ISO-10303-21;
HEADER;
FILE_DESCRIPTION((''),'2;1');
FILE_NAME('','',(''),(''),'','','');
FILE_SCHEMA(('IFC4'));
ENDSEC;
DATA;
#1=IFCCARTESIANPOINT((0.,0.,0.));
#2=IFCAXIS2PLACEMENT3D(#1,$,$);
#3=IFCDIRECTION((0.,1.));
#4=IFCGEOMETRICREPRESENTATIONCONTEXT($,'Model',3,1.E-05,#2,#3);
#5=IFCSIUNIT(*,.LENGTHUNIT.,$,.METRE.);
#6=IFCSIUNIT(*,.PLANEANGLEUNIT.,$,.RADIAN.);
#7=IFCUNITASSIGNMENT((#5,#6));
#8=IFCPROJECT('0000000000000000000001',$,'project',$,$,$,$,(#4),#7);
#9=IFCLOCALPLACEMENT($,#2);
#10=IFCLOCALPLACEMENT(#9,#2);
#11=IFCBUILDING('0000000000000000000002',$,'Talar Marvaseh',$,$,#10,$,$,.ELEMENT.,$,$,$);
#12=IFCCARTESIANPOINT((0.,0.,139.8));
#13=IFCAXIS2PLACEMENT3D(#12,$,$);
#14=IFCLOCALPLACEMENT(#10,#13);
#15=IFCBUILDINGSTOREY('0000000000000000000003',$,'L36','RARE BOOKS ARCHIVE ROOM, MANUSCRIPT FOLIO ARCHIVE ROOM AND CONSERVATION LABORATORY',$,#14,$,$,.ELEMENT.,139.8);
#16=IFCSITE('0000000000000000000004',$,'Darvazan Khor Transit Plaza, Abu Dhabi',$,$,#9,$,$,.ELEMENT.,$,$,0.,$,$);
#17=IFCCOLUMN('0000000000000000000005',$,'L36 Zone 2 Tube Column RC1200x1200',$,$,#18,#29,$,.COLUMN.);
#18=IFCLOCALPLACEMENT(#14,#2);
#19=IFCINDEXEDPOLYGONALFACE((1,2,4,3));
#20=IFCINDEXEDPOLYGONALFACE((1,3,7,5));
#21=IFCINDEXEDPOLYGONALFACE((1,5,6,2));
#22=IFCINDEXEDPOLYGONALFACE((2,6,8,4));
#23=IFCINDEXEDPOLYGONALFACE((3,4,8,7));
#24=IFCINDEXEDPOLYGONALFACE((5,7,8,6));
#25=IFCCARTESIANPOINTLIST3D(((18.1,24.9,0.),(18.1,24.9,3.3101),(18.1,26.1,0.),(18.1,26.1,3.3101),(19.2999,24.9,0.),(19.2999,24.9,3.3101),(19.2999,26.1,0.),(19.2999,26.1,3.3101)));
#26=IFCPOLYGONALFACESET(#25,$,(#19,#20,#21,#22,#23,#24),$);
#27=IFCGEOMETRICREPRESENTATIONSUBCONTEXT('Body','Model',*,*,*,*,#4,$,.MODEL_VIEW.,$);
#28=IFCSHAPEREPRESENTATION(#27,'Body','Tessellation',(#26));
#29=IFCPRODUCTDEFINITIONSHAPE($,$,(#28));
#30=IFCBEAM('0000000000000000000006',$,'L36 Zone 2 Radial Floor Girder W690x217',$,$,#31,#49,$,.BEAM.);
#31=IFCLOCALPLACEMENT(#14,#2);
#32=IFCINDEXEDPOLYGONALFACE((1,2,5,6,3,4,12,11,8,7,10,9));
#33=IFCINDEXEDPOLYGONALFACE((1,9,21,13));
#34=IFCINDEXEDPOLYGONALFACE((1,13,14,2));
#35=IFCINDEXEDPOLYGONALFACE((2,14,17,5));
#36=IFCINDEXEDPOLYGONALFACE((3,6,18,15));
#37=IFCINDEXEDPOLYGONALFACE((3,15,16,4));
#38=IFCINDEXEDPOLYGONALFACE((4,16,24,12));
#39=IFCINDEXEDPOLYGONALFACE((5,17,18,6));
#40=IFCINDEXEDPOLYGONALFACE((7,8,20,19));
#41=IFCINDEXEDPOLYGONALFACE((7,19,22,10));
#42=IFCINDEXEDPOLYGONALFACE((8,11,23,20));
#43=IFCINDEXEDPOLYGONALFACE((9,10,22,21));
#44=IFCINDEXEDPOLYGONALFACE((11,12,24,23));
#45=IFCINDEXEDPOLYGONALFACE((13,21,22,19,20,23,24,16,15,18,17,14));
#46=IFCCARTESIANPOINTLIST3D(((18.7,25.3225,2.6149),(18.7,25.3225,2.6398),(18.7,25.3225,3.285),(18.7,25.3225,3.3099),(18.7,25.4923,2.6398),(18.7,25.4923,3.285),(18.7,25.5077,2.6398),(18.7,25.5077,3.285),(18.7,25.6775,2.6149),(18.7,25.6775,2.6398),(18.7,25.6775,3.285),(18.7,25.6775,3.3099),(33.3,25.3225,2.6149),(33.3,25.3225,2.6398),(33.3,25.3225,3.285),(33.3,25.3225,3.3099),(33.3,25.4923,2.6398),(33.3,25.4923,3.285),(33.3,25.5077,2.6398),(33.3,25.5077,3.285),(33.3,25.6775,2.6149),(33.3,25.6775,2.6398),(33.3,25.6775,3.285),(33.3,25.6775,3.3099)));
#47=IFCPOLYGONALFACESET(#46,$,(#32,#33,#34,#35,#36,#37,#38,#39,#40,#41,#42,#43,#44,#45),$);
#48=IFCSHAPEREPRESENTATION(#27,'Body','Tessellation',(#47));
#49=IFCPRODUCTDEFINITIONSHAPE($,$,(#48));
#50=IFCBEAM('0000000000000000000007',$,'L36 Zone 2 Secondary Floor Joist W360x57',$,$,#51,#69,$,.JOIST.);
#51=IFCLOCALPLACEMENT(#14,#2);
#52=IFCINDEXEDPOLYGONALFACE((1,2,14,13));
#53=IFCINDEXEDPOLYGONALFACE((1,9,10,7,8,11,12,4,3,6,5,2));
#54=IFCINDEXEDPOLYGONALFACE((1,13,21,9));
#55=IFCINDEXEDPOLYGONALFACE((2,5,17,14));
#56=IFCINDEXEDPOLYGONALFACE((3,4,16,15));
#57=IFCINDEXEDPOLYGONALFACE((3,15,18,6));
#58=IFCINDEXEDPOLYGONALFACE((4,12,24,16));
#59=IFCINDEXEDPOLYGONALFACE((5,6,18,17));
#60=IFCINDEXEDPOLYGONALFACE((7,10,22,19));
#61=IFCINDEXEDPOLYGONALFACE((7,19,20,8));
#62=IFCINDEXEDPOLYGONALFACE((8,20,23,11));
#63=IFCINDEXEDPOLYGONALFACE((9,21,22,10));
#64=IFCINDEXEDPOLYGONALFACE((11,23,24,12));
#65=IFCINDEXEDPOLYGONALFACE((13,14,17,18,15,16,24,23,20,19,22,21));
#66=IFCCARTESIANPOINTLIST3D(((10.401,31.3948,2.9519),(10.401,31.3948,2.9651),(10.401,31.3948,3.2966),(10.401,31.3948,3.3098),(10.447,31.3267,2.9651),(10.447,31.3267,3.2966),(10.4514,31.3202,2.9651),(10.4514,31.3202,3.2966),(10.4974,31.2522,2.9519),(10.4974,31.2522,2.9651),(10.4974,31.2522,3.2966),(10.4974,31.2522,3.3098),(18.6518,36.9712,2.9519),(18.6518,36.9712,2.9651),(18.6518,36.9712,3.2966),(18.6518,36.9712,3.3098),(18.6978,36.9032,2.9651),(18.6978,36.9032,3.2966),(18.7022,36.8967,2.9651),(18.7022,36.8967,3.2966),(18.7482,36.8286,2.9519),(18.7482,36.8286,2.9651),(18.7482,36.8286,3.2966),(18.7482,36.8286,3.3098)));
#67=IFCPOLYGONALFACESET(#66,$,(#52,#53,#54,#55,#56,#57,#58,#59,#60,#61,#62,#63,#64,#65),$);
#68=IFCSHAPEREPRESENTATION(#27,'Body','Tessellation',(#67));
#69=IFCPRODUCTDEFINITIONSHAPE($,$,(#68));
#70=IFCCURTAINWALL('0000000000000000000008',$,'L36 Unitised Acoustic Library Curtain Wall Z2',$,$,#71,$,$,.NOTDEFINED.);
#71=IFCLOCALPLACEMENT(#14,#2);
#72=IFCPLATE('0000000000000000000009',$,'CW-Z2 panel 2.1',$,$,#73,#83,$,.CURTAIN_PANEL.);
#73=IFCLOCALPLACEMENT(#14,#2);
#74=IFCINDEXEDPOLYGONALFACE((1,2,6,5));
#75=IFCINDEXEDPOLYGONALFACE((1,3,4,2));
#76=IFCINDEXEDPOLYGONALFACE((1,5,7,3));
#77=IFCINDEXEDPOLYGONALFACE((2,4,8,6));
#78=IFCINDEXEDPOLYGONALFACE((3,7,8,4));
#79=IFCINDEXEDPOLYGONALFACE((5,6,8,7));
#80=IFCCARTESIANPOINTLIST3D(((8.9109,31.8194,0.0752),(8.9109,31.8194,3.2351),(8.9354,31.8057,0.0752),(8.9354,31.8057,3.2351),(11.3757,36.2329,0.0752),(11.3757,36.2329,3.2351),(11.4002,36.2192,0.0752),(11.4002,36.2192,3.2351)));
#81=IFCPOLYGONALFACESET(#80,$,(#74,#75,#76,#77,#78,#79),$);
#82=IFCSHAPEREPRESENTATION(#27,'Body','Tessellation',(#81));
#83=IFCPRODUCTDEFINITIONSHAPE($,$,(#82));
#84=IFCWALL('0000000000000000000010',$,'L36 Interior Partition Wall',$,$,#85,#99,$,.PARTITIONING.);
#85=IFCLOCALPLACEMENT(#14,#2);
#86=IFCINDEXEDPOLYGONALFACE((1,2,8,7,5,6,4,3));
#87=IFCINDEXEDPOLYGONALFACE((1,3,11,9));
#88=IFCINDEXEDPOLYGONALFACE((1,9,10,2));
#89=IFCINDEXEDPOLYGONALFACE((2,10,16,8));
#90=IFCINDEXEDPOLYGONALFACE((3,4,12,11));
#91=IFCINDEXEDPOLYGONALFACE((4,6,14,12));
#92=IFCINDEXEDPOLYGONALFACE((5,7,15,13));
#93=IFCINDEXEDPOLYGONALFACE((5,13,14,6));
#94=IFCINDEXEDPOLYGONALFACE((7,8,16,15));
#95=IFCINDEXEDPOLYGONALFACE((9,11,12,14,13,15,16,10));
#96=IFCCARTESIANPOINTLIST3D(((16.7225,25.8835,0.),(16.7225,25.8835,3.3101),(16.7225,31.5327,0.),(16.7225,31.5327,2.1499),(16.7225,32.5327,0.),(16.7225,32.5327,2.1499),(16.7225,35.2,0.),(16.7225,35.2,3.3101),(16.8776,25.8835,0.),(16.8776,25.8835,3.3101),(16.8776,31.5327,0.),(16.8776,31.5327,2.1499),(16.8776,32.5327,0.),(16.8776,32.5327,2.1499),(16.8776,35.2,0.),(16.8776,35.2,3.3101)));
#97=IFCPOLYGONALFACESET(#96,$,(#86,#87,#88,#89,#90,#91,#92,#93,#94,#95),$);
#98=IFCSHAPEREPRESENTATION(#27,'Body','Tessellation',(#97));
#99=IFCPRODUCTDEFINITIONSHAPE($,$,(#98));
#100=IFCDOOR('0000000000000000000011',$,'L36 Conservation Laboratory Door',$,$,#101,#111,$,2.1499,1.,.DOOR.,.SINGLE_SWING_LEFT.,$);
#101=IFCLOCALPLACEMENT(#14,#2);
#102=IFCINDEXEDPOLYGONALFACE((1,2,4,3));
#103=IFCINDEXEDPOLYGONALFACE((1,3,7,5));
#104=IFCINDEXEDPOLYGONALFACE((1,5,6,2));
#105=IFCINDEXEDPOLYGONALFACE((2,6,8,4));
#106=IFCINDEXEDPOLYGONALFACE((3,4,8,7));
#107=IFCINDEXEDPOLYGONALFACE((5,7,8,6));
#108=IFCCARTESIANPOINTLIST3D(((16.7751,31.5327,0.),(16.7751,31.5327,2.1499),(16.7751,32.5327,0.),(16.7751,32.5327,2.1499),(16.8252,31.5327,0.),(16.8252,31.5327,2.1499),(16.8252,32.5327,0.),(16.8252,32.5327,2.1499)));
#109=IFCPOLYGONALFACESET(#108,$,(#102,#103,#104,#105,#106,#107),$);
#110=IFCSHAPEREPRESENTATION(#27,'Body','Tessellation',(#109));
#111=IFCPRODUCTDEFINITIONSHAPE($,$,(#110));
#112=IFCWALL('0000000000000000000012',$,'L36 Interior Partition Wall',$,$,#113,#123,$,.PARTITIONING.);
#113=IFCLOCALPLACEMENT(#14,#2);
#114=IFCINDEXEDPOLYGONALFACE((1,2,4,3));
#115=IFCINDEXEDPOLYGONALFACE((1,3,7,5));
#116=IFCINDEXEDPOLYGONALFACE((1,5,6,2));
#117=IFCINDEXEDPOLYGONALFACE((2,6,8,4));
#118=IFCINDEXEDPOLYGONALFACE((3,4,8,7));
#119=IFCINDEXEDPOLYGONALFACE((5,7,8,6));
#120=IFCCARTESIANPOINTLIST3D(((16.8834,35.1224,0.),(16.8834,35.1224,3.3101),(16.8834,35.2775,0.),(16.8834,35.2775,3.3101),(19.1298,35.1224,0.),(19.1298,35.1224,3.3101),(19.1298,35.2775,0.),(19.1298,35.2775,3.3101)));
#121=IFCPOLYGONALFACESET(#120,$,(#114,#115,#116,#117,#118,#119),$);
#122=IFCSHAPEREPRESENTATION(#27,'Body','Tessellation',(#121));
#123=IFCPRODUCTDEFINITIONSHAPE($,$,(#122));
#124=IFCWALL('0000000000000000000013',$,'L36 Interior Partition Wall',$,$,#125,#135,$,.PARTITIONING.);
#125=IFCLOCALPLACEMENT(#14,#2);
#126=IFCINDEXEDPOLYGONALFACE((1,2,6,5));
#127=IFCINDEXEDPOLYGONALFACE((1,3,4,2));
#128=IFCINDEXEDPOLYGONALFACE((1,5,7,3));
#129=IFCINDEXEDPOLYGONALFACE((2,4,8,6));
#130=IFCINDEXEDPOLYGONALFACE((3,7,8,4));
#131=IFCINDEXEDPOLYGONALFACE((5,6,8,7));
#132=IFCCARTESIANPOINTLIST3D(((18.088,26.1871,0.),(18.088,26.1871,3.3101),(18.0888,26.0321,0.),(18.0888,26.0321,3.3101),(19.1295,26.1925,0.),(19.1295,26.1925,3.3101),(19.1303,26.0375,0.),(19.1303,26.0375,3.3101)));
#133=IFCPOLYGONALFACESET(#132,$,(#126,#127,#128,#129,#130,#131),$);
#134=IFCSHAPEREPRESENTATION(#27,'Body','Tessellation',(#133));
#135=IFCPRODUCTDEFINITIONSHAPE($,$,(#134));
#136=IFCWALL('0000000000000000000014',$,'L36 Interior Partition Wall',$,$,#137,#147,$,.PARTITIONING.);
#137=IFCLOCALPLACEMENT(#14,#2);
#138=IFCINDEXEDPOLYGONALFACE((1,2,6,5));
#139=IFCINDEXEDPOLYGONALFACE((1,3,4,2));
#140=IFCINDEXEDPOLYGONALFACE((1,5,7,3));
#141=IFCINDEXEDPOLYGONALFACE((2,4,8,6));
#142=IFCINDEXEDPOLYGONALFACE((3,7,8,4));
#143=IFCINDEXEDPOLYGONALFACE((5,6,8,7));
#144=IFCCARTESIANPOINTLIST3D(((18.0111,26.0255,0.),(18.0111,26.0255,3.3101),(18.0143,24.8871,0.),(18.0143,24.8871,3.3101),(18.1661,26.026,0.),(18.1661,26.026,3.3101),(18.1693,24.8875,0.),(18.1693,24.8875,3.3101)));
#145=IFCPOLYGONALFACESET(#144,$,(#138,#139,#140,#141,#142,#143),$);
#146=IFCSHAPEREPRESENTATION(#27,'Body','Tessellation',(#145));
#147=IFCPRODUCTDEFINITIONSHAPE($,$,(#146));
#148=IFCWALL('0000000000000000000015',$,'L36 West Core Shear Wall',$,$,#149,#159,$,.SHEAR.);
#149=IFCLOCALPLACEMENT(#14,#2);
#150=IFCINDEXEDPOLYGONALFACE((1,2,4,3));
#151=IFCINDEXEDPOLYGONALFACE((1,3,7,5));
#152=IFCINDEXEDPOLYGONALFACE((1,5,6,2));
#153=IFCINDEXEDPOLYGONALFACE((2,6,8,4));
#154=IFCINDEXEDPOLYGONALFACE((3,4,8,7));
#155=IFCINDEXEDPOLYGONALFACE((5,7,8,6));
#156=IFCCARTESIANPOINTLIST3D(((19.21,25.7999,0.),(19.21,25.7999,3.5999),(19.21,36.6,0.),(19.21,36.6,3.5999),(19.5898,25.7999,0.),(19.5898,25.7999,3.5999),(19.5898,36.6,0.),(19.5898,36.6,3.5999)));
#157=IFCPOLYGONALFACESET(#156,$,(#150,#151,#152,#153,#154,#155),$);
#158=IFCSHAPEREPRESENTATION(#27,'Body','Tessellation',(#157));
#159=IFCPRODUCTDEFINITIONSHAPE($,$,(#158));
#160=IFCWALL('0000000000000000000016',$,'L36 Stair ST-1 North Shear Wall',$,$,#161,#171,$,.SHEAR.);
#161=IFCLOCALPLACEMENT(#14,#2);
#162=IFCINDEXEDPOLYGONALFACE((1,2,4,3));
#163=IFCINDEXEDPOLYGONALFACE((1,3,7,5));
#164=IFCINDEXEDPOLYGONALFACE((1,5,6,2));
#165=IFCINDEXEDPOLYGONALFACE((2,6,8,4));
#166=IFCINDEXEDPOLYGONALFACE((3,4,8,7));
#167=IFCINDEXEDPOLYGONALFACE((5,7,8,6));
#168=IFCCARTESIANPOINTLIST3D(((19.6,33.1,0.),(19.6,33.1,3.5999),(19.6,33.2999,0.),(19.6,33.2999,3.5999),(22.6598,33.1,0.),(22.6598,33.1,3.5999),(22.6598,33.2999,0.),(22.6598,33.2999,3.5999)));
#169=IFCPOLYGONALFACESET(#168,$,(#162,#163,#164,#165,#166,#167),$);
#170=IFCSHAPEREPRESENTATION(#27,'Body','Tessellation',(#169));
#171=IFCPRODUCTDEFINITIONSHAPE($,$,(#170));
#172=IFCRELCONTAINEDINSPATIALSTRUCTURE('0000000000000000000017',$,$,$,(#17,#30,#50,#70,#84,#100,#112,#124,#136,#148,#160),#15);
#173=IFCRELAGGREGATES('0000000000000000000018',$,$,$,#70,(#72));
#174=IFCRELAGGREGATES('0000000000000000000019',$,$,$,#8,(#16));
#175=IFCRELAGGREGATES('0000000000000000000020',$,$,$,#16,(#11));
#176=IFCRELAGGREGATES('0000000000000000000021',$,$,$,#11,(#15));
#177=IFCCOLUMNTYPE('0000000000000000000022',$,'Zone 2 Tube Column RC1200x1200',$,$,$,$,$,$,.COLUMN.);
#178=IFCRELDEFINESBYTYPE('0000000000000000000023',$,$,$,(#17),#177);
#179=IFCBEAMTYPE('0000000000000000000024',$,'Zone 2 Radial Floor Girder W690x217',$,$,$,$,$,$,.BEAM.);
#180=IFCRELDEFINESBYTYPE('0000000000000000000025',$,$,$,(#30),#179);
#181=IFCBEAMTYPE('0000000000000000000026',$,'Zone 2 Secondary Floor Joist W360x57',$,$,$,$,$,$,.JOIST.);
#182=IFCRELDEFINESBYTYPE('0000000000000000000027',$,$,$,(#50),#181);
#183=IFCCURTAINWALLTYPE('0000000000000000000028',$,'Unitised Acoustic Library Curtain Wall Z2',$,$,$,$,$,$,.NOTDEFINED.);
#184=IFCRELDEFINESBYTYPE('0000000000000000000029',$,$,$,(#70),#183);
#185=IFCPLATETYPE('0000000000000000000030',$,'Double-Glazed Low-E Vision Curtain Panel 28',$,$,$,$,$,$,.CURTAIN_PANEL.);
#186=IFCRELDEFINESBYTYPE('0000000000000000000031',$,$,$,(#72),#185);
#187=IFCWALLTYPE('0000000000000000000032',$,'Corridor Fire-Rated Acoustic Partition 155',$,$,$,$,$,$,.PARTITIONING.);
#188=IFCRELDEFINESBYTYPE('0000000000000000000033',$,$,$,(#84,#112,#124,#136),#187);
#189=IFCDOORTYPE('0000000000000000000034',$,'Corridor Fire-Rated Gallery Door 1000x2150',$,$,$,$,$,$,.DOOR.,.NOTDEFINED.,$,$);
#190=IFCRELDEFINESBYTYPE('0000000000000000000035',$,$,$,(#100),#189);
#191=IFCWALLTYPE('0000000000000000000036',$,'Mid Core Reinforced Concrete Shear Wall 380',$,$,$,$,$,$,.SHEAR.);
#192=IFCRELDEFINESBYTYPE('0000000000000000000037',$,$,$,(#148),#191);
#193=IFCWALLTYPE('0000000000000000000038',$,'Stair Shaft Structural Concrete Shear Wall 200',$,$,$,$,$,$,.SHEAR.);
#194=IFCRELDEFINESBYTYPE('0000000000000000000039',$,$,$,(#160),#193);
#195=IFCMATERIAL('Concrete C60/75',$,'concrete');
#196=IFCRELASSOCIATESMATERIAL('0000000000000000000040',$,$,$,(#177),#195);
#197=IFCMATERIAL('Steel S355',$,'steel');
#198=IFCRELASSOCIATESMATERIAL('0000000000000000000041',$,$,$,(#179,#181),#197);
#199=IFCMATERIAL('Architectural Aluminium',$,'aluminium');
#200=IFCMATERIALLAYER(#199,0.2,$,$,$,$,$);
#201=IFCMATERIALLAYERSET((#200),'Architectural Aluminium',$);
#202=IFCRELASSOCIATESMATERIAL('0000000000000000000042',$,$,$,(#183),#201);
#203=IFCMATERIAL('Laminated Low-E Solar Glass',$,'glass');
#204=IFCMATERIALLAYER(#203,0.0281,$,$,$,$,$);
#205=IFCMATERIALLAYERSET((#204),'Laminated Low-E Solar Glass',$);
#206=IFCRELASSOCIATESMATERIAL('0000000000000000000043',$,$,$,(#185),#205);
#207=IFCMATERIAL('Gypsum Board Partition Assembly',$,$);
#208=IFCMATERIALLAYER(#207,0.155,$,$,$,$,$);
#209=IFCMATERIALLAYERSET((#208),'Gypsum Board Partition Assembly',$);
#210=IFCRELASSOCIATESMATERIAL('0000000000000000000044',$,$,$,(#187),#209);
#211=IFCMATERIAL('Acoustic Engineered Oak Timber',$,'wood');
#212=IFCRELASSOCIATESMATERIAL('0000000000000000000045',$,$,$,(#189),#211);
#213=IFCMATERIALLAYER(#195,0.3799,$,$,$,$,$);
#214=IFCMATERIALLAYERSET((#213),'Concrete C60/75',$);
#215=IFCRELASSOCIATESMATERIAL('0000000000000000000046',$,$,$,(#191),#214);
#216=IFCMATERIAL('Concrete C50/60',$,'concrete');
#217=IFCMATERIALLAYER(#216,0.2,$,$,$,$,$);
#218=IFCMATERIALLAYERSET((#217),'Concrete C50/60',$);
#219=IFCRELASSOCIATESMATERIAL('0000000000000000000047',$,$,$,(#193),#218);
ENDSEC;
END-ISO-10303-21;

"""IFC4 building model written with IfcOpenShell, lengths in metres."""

from ifc_helpers import new_model, si_unit, direction, frame, frame_2d, origin, origin_2d, place, context, subcontext, project, spatial, rectangle, i_section, extrude, source, transform, mapped, material, layer, layer_set, material_profile, profile_set, type_object, type_shapes, element, fill, aggregate, save


model = new_model("IFC4")

# Units and contexts
model_context = context("Model", 3, precision=1e-05, world=origin(), true_north=direction((0.0, 1.0)))
body_context = subcontext(model_context, "Body", "Model", "MODEL_VIEW")
ifc_project = project(units=[si_unit("LENGTHUNIT", "METRE"), si_unit("PLANEANGLEUNIT", "RADIAN")], contexts=[model_context])

# Site, building, storey
site_placement = place(None, origin())
site = spatial("IfcSite", under=ifc_project, at=site_placement, Name="Darvazan Khor Transit Plaza, Abu Dhabi", CompositionType="ELEMENT", RefElevation=0.0)
building_placement = place(site_placement, origin())
building = spatial("IfcBuilding", under=site, at=building_placement, Name="Talar Marvaseh", CompositionType="ELEMENT")
storey_placement = place(building_placement, frame((0.0, 0.0, 139.8)))
storey = spatial("IfcBuildingStorey", under=building, at=storey_placement, Name="L36", Description="RARE BOOKS ARCHIVE ROOM, MANUSCRIPT FOLIO ARCHIVE ROOM AND CONSERVATION LABORATORY", CompositionType="ELEMENT", Elevation=139.8)

# Column
ifc_material_1 = material(Name="Concrete C60/75", Category="concrete")
ifc_material_profile_1 = material_profile(ifc_material_1, rectangle(XDim=1.2, YDim=1.2, at=origin_2d()), Name="RC1200x1200")
ifc_profile_set_1 = profile_set([ifc_material_profile_1], Name="Concrete C60/75")
column_type = type_object("IfcColumnType", Name="Zone 2 Tube Column RC1200x1200", PredefinedType="COLUMN", material=ifc_profile_set_1)
column_placement = place(storey_placement, frame((18.7, 25.5, 0.0), z_axis=(0.0, 0.0, 1.0), x_axis=(1.0, 0.0, 0.0)))
element("IfcColumn", 1, at=column_placement, inside=storey, type_object=column_type, Name="L36 Zone 2 Tube Column RC1200x1200", PredefinedType="COLUMN", context=body_context, shape_type="SweptSolid", body=[
    extrude(rectangle(XDim=1.2, YDim=1.2, at=origin_2d()), origin(), (0.0, 0.0, 1.0), 3.3101),
])

# Beams
ifc_material_2 = material(Name="Steel S355", Category="steel")
ifc_material_profile_2 = material_profile(ifc_material_2, i_section(OverallWidth=0.355, OverallDepth=0.6951, WebThickness=0.0154, FlangeThickness=0.0249, at=origin_2d()), Name="W690x217")
ifc_profile_set_2 = profile_set([ifc_material_profile_2], Name="Steel S355")
beam_type_1 = type_object("IfcBeamType", Name="Zone 2 Radial Floor Girder W690x217", PredefinedType="BEAM", material=ifc_profile_set_2)
beam_1_placement = place(storey_placement, frame((18.7, 25.5, 2.9624), z_axis=(1.0, 0.0, 0.0), x_axis=(0.0, 1.0, 0.0)))
element("IfcBeam", 2, at=beam_1_placement, inside=storey, type_object=beam_type_1, Name="L36 Zone 2 Radial Floor Girder W690x217", PredefinedType="BEAM", context=body_context, shape_type="SweptSolid", body=[
    extrude(i_section(OverallWidth=0.355, OverallDepth=0.6951, WebThickness=0.0154, FlangeThickness=0.0249, at=origin_2d()), origin(), (0.0, 0.0, 1.0), 14.6001),
])
ifc_material_profile_3 = material_profile(ifc_material_2, i_section(OverallWidth=0.1721, OverallDepth=0.3579, WebThickness=0.0078, FlangeThickness=0.0132, at=origin_2d()), Name="W360x57")
ifc_profile_set_3 = profile_set([ifc_material_profile_3], Name="Steel S355")
beam_type_2 = type_object("IfcBeamType", Name="Zone 2 Secondary Floor Joist W360x57", PredefinedType="JOIST", material=ifc_profile_set_3)
beam_2_placement = place(storey_placement, frame((10.4492, 31.3235, 3.1309), z_axis=(0.828515, 0.559967, 0.0), x_axis=(-0.559967, 0.828515, 0.0)))
element("IfcBeam", 3, at=beam_2_placement, inside=storey, type_object=beam_type_2, Name="L36 Zone 2 Secondary Floor Joist W360x57", PredefinedType="JOIST", context=body_context, shape_type="SweptSolid", body=[
    extrude(i_section(OverallWidth=0.1721, OverallDepth=0.3579, WebThickness=0.0078, FlangeThickness=0.0132, at=origin_2d()), origin(), (0.0, 0.0, 1.0), 9.9585),
])

# Curtain wall, plate
ifc_material_3 = material(Name="Architectural Aluminium", Category="aluminium")
ifc_layer_1 = layer(ifc_material_3, 0.2)
ifc_layer_set_1 = layer_set([ifc_layer_1], Name="Architectural Aluminium")
curtain_wall_type = type_object("IfcCurtainWallType", Name="Unitised Acoustic Library Curtain Wall Z2", PredefinedType="NOTDEFINED", material=ifc_layer_set_1)
curtain_wall_placement = place(storey_placement, origin())
curtain_wall = element("IfcCurtainWall", 4, at=curtain_wall_placement, inside=storey, type_object=curtain_wall_type, Name="L36 Unitised Acoustic Library Curtain Wall Z2", PredefinedType="NOTDEFINED")
ifc_material_4 = material(Name="Laminated Low-E Solar Glass", Category="glass")
ifc_layer_2 = layer(ifc_material_4, 0.0281)
ifc_layer_set_2 = layer_set([ifc_layer_2], Name="Laminated Low-E Solar Glass")
plate_type = type_object("IfcPlateType", Name="Double-Glazed Low-E Vision Curtain Panel 28", PredefinedType="CURTAIN_PANEL", material=ifc_layer_set_2)
shared_shape_1 = source(origin(), body_context, "Body", "SweptSolid", [
    extrude(rectangle(XDim=5.0552, YDim=0.0281, at=origin_2d()), origin(), (0.0, 0.0, 1.0), 3.1599),
])
type_shapes(plate_type, [shared_shape_1])
plate_placement = place(storey_placement, frame((10.1555, 34.0193, 0.0752), z_axis=(0.0, 0.0, 1.0), x_axis=(0.487584, 0.873076, 0.0)))
plate = element("IfcPlate", 5, at=plate_placement, type_object=plate_type, Name="CW-Z2 panel 2.1", PredefinedType="CURTAIN_PANEL", context=body_context, shape_type="MappedRepresentation", body=[
    mapped(shared_shape_1, transform((0.0, 0.0, 0.0), x_axis=(1.0, 0.0, 0.0), y_axis=(0.0, 1.0, 0.0), z_axis=(0.0, 0.0, 1.0), scale=1.0)),
])
aggregate(curtain_wall, [plate])

# Wall, opening, door
ifc_material_5 = material(Name="Gypsum Board Partition Assembly")
ifc_layer_3 = layer(ifc_material_5, 0.155)
ifc_layer_set_3 = layer_set([ifc_layer_3], Name="Gypsum Board Partition Assembly")
wall_type_1 = type_object("IfcWallType", Name="Corridor Fire-Rated Acoustic Partition 155", PredefinedType="PARTITIONING", material=ifc_layer_set_3)
wall_1_placement = place(storey_placement, frame((16.8, 25.8835, 0.0), z_axis=(0.0, 0.0, 1.0), x_axis=(0.0, 1.0, 0.0)))
wall_1 = element("IfcWall", 6, at=wall_1_placement, inside=storey, type_object=wall_type_1, Name="L36 Interior Partition Wall", PredefinedType="PARTITIONING", context=body_context, shape_type="SweptSolid", body=[
    extrude(rectangle(XDim=9.3164, YDim=0.155, at=frame_2d((4.6582, 0.0))), origin(), (0.0, 0.0, 1.0), 3.3101),
])
opening_placement = place(wall_1_placement, frame((5.6492, 0.0, 0.0)))
opening = element("IfcOpeningElement", 7, at=opening_placement, cuts=wall_1, PredefinedType="OPENING", context=body_context, shape_type="SweptSolid", body=[
    extrude(rectangle(XDim=1.0, YDim=2.1499, at=frame_2d((0.5, 1.075))), frame((0.0, 0.0874, 0.0), z_axis=(0.0, -1.0, 0.0), x_axis=(1.0, 0.0, 0.0)), (0.0, 0.0, 1.0), 0.175),
])
ifc_material_6 = material(Name="Acoustic Engineered Oak Timber", Category="wood")
door_type = type_object("IfcDoorType", Name="Corridor Fire-Rated Gallery Door 1000x2150", OperationType="NOTDEFINED", PredefinedType="DOOR", material=ifc_material_6)
shared_shape_2 = source(origin(), body_context, "Body", "SweptSolid", [
    extrude(rectangle(XDim=1.0, YDim=2.1499, at=frame_2d((0.5, 1.075))), frame((0.0, 0.0249, 0.0), z_axis=(0.0, -1.0, 0.0), x_axis=(1.0, 0.0, 0.0)), (0.0, 0.0, 1.0), 0.05),
])
type_shapes(door_type, [shared_shape_2])
door_placement = place(opening_placement, origin())
door = element("IfcDoor", 8, at=door_placement, inside=storey, type_object=door_type, Name="L36 Conservation Laboratory Door", OperationType="SINGLE_SWING_LEFT", OverallHeight=2.1499, OverallWidth=1.0, PredefinedType="DOOR", context=body_context, shape_type="MappedRepresentation", body=[
    mapped(shared_shape_2, transform((0.0, 0.0, 0.0), x_axis=(1.0, 0.0, 0.0), y_axis=(0.0, 1.0, 0.0), z_axis=(0.0, 0.0, 1.0), scale=1.0)),
])
fill(opening, door)

# Walls
wall_2_placement = place(storey_placement, frame((16.8835, 35.2, 0.0), z_axis=(0.0, 0.0, 1.0), x_axis=(1.0, 0.0, 0.0)))
element("IfcWall", 9, at=wall_2_placement, inside=storey, type_object=wall_type_1, Name="L36 Interior Partition Wall", PredefinedType="PARTITIONING", context=body_context, shape_type="SweptSolid", body=[
    extrude(rectangle(XDim=2.2463, YDim=0.155, at=frame_2d((1.123, 0.0))), origin(), (0.0, 0.0, 1.0), 3.3101),
])
wall_3_placement = place(storey_placement, frame((19.1299, 26.115, 0.0), z_axis=(0.0, 0.0, 1.0), x_axis=(-0.999987, -0.005157, 0.0)))
element("IfcWall", 10, at=wall_3_placement, inside=storey, type_object=wall_type_1, Name="L36 Interior Partition Wall", PredefinedType="PARTITIONING", context=body_context, shape_type="SweptSolid", body=[
    extrude(rectangle(XDim=1.0415, YDim=0.155, at=frame_2d((0.5208, 0.0))), origin(), (0.0, 0.0, 1.0), 3.3101),
])
wall_4_placement = place(storey_placement, frame((18.0886, 26.0259, 0.0), z_axis=(0.0, 0.0, 1.0), x_axis=(0.002788, -0.999996, 0.0)))
element("IfcWall", 11, at=wall_4_placement, inside=storey, type_object=wall_type_1, Name="L36 Interior Partition Wall", PredefinedType="PARTITIONING", context=body_context, shape_type="SweptSolid", body=[
    extrude(rectangle(XDim=1.1384, YDim=0.155, at=frame_2d((0.5693, 0.0))), origin(), (0.0, 0.0, 1.0), 3.3101),
])
ifc_layer_4 = layer(ifc_material_1, 0.3799)
ifc_layer_set_4 = layer_set([ifc_layer_4], Name="Concrete C60/75")
wall_type_2 = type_object("IfcWallType", Name="Mid Core Reinforced Concrete Shear Wall 380", PredefinedType="SHEAR", material=ifc_layer_set_4)
wall_5_placement = place(storey_placement, frame((19.3999, 25.8, 0.0), z_axis=(0.0, 0.0, 1.0), x_axis=(0.0, 1.0, 0.0)))
element("IfcWall", 12, at=wall_5_placement, inside=storey, type_object=wall_type_2, Name="L36 West Core Shear Wall", PredefinedType="SHEAR", context=body_context, shape_type="SweptSolid", body=[
    extrude(rectangle(XDim=10.8, YDim=0.3799, at=frame_2d((5.3999, 0.0))), origin(), (0.0, 0.0, 1.0), 3.5999),
])
ifc_material_7 = material(Name="Concrete C50/60", Category="concrete")
ifc_layer_5 = layer(ifc_material_7, 0.2)
ifc_layer_set_5 = layer_set([ifc_layer_5], Name="Concrete C50/60")
wall_type_3 = type_object("IfcWallType", Name="Stair Shaft Structural Concrete Shear Wall 200", PredefinedType="SHEAR", material=ifc_layer_set_5)
wall_6_placement = place(storey_placement, frame((19.6001, 33.2, 0.0), z_axis=(0.0, 0.0, 1.0), x_axis=(1.0, 0.0, 0.0)))
element("IfcWall", 13, at=wall_6_placement, inside=storey, type_object=wall_type_3, Name="L36 Stair ST-1 North Shear Wall", PredefinedType="SHEAR", context=body_context, shape_type="SweptSolid", body=[
    extrude(rectangle(XDim=3.0598, YDim=0.2, at=frame_2d((1.5298, 0.0))), origin(), (0.0, 0.0, 1.0), 3.5999),
])

save(model, "model.ifc")
